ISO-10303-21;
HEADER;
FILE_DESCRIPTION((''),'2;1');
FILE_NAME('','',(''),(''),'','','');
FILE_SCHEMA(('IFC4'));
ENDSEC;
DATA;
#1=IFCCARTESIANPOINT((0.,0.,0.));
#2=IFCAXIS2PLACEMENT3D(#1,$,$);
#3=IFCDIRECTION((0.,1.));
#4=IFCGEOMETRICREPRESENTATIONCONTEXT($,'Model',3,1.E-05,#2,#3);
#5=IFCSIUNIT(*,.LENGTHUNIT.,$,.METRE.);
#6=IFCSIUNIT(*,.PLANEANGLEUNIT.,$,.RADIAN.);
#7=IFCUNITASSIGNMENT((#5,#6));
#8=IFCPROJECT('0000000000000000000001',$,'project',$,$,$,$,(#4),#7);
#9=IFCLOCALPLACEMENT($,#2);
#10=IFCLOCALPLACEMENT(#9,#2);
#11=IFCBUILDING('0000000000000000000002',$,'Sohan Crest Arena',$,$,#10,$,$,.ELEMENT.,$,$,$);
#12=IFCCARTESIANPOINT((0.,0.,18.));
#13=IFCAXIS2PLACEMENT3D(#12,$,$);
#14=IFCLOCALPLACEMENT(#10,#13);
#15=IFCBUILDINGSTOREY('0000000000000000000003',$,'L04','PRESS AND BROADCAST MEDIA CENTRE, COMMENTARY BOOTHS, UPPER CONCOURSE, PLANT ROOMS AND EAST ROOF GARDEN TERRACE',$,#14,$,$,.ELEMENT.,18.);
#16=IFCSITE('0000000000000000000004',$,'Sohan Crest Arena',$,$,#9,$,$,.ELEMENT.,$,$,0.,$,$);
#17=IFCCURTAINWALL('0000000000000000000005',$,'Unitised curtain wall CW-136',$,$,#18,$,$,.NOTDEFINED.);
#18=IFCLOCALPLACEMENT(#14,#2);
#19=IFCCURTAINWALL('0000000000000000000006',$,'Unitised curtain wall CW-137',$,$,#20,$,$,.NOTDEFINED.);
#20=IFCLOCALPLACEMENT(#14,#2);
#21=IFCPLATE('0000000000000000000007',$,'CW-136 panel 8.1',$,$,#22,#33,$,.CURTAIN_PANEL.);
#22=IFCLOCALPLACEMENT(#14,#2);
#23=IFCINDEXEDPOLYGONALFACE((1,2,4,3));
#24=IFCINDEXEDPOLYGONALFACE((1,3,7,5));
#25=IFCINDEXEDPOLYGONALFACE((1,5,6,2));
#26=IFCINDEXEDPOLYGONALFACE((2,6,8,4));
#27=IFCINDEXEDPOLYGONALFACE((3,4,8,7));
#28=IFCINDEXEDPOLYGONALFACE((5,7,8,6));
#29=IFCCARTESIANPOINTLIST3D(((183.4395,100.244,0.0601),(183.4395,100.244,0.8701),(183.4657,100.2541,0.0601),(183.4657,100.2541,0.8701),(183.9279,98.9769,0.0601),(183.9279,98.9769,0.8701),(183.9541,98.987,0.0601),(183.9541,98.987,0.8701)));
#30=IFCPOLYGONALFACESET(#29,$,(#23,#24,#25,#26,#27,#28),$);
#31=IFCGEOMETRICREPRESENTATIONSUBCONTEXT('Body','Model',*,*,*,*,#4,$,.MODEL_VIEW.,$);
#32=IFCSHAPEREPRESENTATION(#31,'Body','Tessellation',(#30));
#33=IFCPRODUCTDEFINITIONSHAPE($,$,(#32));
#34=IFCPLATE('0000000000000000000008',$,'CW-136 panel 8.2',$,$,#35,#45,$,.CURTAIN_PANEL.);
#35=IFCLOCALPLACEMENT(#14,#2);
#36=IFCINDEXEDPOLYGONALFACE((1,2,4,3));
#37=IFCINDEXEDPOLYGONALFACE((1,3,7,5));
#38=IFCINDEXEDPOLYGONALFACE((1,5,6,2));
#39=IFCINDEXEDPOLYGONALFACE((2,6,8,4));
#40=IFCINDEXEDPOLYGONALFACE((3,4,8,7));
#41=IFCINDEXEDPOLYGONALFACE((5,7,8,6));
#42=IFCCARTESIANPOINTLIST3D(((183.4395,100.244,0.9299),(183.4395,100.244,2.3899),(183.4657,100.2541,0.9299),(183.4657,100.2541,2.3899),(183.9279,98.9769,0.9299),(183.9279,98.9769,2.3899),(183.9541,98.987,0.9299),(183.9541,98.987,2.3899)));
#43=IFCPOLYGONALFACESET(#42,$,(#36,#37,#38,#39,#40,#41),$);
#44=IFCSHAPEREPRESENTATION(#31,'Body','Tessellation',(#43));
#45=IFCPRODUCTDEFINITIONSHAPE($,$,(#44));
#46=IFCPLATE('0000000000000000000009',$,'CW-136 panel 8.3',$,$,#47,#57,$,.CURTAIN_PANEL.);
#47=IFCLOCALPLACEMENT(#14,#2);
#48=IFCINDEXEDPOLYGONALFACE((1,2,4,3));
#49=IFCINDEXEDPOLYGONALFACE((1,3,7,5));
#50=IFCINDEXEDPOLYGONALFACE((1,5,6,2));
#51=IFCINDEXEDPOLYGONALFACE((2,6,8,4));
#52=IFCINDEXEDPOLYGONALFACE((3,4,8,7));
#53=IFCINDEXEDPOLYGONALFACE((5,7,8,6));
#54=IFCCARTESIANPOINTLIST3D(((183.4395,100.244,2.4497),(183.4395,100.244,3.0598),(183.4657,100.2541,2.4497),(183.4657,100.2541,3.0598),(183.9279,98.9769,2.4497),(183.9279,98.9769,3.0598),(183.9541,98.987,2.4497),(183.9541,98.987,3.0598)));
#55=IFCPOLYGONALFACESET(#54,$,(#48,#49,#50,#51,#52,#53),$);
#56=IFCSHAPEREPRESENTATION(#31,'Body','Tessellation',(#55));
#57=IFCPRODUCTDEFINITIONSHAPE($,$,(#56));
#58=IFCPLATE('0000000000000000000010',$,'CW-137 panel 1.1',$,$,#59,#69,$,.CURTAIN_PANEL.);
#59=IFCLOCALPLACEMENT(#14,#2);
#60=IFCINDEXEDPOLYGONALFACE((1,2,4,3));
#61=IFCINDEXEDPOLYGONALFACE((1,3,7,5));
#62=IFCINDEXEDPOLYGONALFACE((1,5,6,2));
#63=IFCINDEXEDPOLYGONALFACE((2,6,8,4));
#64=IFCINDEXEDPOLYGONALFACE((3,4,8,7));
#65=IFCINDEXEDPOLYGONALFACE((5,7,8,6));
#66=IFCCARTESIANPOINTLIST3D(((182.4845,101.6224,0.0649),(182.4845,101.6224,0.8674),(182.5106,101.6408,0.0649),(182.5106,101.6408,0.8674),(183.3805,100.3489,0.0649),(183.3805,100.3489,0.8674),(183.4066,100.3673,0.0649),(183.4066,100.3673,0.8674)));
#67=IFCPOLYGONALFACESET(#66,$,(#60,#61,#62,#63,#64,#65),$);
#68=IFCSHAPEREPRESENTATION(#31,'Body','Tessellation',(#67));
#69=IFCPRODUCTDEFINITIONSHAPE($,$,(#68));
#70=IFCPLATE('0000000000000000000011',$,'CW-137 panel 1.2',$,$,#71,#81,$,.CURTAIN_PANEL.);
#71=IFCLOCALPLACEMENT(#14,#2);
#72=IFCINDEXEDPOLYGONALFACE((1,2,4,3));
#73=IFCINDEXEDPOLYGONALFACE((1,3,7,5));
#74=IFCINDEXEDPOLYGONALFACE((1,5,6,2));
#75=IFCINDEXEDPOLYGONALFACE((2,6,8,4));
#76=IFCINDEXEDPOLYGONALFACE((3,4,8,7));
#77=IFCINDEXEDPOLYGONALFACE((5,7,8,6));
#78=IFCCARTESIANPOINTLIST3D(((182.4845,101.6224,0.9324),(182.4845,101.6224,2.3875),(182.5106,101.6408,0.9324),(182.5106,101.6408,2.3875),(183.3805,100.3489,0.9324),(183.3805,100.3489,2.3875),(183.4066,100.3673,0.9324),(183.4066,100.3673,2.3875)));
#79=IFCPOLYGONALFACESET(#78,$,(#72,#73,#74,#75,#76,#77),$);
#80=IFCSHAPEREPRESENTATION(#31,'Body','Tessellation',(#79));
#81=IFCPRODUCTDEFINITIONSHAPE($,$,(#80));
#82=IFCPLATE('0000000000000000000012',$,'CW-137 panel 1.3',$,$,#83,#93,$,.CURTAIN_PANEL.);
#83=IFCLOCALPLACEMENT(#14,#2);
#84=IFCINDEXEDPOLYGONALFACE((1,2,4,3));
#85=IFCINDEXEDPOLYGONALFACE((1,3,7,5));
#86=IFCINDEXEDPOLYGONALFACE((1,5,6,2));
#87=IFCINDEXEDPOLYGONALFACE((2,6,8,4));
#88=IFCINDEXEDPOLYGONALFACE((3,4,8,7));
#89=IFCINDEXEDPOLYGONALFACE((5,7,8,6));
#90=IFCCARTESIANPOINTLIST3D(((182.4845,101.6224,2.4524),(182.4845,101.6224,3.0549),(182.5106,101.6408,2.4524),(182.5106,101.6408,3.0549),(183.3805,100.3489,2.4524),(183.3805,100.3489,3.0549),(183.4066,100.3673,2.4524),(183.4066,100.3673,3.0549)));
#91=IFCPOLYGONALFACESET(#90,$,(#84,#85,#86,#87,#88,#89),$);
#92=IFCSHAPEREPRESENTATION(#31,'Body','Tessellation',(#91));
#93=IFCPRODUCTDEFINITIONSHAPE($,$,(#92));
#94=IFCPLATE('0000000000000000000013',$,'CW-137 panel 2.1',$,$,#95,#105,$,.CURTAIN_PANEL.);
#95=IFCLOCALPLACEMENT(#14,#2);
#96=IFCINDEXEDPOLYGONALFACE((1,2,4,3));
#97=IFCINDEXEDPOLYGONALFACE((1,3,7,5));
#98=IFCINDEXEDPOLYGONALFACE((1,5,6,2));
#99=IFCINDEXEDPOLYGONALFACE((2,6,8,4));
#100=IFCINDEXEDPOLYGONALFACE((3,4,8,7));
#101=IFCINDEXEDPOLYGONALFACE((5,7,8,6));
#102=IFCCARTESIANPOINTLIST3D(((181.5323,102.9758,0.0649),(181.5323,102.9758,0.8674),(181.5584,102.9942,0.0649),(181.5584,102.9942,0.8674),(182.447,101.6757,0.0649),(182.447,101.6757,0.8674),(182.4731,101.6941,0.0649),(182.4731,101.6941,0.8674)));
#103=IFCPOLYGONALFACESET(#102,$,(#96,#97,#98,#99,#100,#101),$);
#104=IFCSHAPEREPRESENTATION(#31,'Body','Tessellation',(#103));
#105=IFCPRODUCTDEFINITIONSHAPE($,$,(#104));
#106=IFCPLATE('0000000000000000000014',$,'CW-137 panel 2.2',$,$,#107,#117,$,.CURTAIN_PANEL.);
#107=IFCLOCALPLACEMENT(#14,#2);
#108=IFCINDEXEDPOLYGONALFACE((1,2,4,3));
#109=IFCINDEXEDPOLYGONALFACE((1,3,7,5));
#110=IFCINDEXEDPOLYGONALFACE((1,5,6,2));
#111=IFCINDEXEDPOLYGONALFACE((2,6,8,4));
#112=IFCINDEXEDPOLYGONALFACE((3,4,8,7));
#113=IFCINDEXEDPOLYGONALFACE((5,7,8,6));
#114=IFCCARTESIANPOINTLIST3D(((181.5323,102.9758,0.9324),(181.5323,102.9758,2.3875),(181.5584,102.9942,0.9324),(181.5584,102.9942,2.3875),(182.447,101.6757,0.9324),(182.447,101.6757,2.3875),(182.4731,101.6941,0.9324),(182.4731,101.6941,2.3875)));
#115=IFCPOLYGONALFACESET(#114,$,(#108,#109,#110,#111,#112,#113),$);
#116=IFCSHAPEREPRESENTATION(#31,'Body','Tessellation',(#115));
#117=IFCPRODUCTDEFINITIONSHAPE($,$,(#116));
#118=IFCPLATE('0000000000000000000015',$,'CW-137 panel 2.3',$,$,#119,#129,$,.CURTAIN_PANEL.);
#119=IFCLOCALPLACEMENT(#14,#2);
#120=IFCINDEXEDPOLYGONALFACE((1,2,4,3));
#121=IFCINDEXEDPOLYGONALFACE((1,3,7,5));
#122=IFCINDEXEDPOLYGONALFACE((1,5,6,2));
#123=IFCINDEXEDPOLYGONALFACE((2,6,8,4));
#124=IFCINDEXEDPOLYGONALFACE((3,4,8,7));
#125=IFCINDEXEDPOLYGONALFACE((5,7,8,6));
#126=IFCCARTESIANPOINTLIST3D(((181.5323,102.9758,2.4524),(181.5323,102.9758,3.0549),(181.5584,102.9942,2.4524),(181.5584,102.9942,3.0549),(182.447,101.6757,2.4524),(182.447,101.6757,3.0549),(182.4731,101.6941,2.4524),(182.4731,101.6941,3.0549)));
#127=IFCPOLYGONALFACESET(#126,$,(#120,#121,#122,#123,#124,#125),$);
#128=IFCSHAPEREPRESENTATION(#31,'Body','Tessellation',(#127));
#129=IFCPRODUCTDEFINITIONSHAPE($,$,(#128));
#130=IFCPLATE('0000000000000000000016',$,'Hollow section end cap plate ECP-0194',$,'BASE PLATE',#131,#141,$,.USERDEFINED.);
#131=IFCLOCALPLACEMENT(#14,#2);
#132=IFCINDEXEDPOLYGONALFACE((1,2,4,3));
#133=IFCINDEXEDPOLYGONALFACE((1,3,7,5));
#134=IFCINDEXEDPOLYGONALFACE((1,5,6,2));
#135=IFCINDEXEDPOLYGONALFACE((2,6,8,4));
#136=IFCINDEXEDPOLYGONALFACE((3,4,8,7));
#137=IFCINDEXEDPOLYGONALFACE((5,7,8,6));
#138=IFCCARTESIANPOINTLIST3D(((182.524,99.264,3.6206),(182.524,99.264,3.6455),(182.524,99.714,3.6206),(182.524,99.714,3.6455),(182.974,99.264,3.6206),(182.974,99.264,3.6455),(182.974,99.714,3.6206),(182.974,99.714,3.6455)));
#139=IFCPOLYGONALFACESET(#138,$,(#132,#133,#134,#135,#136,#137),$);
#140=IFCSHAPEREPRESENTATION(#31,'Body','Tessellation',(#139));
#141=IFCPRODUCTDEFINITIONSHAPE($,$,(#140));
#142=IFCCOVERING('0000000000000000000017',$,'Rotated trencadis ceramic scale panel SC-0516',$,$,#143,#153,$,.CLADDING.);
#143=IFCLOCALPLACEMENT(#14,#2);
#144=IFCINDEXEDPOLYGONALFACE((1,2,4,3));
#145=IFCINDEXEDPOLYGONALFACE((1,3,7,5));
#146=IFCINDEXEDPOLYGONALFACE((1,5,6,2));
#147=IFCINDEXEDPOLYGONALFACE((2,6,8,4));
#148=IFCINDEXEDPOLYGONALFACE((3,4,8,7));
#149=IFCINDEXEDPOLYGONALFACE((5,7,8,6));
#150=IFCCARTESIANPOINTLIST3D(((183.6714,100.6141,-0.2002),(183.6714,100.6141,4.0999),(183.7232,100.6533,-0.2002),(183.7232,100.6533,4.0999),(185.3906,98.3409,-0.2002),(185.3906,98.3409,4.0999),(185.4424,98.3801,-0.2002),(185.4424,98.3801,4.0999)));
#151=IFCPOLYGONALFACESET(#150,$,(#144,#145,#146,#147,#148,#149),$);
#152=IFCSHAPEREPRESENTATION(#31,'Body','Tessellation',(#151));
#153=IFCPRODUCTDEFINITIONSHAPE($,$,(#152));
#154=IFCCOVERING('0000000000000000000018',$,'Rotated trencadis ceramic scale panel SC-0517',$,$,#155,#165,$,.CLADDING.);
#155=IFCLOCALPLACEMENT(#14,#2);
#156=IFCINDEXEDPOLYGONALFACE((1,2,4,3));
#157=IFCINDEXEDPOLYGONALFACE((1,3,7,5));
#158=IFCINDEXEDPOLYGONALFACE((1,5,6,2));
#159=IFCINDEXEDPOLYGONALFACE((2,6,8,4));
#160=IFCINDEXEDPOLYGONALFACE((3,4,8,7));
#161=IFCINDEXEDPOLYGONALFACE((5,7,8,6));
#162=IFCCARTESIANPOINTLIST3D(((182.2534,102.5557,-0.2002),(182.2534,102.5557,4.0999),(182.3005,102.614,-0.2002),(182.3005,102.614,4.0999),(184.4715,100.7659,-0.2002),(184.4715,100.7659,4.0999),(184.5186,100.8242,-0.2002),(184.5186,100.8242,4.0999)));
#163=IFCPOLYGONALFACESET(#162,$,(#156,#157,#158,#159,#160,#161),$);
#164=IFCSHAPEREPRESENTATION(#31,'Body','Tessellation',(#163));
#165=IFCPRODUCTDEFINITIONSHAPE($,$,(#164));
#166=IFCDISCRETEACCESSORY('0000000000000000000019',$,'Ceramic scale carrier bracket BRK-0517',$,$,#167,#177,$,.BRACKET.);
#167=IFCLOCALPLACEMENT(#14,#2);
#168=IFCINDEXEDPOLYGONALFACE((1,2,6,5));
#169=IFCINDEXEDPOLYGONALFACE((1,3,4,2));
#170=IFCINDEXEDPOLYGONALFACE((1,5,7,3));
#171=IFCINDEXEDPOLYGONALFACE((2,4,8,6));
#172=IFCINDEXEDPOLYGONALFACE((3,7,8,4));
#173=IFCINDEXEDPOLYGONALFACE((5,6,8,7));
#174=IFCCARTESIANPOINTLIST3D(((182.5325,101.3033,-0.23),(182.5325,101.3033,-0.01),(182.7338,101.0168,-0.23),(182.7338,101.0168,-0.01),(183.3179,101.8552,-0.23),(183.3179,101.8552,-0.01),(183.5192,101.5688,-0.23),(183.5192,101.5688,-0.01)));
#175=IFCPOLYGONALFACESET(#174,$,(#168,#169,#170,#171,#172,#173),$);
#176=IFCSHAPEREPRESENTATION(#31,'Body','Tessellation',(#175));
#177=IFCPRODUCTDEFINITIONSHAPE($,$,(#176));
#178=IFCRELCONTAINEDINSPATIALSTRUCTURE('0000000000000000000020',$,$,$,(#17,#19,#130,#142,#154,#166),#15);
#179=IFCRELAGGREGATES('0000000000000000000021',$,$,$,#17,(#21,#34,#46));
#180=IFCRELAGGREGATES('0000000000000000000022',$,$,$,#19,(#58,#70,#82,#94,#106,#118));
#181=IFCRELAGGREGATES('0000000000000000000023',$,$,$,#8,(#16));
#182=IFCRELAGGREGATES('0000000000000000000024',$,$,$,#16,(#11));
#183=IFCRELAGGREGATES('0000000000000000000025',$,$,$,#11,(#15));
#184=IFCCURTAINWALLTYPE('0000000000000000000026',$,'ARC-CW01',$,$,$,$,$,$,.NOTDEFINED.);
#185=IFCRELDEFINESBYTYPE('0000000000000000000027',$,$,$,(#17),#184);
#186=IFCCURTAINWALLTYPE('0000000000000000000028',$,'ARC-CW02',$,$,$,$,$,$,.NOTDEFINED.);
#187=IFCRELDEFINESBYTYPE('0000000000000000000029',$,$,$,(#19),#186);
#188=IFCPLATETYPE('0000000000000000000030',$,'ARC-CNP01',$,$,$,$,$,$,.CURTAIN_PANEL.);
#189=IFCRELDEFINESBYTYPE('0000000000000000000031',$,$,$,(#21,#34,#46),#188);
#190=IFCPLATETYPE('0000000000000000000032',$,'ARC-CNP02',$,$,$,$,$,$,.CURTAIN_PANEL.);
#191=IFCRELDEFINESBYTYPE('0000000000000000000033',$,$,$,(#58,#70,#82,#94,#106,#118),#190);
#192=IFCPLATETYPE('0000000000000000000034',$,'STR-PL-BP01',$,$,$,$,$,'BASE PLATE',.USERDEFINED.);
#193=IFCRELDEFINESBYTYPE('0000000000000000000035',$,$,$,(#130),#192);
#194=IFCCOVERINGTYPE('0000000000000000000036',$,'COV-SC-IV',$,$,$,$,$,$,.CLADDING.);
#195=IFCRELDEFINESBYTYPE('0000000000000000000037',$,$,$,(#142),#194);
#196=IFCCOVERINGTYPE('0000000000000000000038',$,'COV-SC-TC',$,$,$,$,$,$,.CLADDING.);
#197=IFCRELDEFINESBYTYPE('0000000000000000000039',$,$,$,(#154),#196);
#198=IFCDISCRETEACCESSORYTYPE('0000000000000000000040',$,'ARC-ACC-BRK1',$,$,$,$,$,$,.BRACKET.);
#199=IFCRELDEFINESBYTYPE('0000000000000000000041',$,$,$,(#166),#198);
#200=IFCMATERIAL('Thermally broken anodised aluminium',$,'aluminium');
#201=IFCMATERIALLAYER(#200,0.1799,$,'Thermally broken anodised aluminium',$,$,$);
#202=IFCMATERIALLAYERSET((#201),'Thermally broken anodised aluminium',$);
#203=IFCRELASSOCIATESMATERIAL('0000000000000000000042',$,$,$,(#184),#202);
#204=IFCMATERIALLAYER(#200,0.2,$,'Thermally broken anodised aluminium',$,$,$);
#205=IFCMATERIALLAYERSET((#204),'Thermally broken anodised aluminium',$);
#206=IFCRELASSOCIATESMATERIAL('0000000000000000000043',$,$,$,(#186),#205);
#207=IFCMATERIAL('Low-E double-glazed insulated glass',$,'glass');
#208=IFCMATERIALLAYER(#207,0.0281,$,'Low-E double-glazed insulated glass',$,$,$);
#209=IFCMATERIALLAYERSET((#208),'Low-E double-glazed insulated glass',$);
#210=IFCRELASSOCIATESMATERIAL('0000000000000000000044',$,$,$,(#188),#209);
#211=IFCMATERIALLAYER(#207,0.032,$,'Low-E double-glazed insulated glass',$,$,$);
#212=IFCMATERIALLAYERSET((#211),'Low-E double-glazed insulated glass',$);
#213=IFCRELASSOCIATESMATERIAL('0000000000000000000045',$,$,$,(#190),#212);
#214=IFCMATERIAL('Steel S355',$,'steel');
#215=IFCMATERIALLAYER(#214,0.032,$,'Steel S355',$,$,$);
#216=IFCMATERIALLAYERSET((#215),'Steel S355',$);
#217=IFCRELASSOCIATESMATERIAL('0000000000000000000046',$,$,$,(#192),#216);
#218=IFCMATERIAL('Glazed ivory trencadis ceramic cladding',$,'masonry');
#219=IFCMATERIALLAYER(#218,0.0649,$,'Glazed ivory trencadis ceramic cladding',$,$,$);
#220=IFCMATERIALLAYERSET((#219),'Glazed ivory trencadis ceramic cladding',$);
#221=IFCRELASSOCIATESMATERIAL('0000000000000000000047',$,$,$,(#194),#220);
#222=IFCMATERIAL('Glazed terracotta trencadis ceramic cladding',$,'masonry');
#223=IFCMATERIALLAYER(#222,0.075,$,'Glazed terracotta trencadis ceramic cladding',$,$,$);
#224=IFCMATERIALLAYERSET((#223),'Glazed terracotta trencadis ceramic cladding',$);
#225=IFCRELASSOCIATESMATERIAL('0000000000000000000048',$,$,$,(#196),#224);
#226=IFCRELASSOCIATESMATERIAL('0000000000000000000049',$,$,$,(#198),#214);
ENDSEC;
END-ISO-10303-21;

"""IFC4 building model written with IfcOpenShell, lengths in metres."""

from ifc_helpers import new_model, si_unit, direction, frame, origin, origin_2d, place, context, subcontext, project, spatial, rectangle, extrude, material, layer, layer_set, type_object, element, aggregate, save


model = new_model("IFC4")

# Units and contexts
model_context = context("Model", 3, precision=1e-05, world=origin(), true_north=direction((0.0, 1.0)))
body_context = subcontext(model_context, "Body", "Model", "MODEL_VIEW")
ifc_project = project(units=[si_unit("LENGTHUNIT", "METRE"), si_unit("PLANEANGLEUNIT", "RADIAN")], contexts=[model_context])

# Site, building, storey
site_placement = place(None, origin())
site = spatial("IfcSite", under=ifc_project, at=site_placement, Name="Sohan Crest Arena", CompositionType="ELEMENT", RefElevation=0.0)
building_placement = place(site_placement, origin())
building = spatial("IfcBuilding", under=site, at=building_placement, Name="Sohan Crest Arena", CompositionType="ELEMENT")
storey_placement = place(building_placement, frame((0.0, 0.0, 18.0)))
storey = spatial("IfcBuildingStorey", under=building, at=storey_placement, Name="L04", Description="PRESS AND BROADCAST MEDIA CENTRE, COMMENTARY BOOTHS, UPPER CONCOURSE, PLANT ROOMS AND EAST ROOF GARDEN TERRACE", CompositionType="ELEMENT", Elevation=18.0)

# Curtain wall
ifc_material_1 = material(Name="Thermally broken anodised aluminium", Category="aluminium")
ifc_layer_1 = layer(ifc_material_1, 0.1799, Name="Thermally broken anodised aluminium")
ifc_layer_set_1 = layer_set([ifc_layer_1], Name="Thermally broken anodised aluminium")
curtain_wall_type_1 = type_object("IfcCurtainWallType", Name="ARC-CW01", PredefinedType="NOTDEFINED", material=ifc_layer_set_1)
curtain_wall_1_placement = place(storey_placement, origin())
curtain_wall_1 = element("IfcCurtainWall", 1, at=curtain_wall_1_placement, inside=storey, type_object=curtain_wall_type_1, Name="Unitised curtain wall CW-136", PredefinedType="NOTDEFINED")

# Curtain wall
ifc_layer_2 = layer(ifc_material_1, 0.2, Name="Thermally broken anodised aluminium")
ifc_layer_set_2 = layer_set([ifc_layer_2], Name="Thermally broken anodised aluminium")
curtain_wall_type_2 = type_object("IfcCurtainWallType", Name="ARC-CW02", PredefinedType="NOTDEFINED", material=ifc_layer_set_2)
curtain_wall_2_placement = place(storey_placement, origin())
curtain_wall_2 = element("IfcCurtainWall", 2, at=curtain_wall_2_placement, inside=storey, type_object=curtain_wall_type_2, Name="Unitised curtain wall CW-137", PredefinedType="NOTDEFINED")

# Shared definitions
ifc_material_2 = material(Name="Steel S355", Category="steel")

# Plates
ifc_material_3 = material(Name="Low-E double-glazed insulated glass", Category="glass")
ifc_layer_3 = layer(ifc_material_3, 0.0281, Name="Low-E double-glazed insulated glass")
ifc_layer_set_3 = layer_set([ifc_layer_3], Name="Low-E double-glazed insulated glass")
plate_type_1 = type_object("IfcPlateType", Name="ARC-CNP01", PredefinedType="CURTAIN_PANEL", material=ifc_layer_set_3)
plate_1_placement = place(storey_placement, frame((183.6968, 99.6155, 0.0601), z_axis=(0.0, 0.0, 1.0), x_axis=(-0.359633, 0.933094, 0.0)))
plate_1 = element("IfcPlate", 3, at=plate_1_placement, type_object=plate_type_1, Name="CW-136 panel 8.1", PredefinedType="CURTAIN_PANEL", context=body_context, shape_type="SweptSolid", body=[
    extrude(rectangle(XDim=1.3579, YDim=0.0281, at=origin_2d()), origin(), (0.0, 0.0, 1.0), 0.8101),
])
plate_2_placement = place(storey_placement, frame((183.6968, 99.6155, 0.9299), z_axis=(0.0, 0.0, 1.0), x_axis=(-0.359633, 0.933094, 0.0)))
plate_2 = element("IfcPlate", 4, at=plate_2_placement, type_object=plate_type_1, Name="CW-136 panel 8.2", PredefinedType="CURTAIN_PANEL", context=body_context, shape_type="SweptSolid", body=[
    extrude(rectangle(XDim=1.3579, YDim=0.0281, at=origin_2d()), origin(), (0.0, 0.0, 1.0), 1.46),
])
plate_3_placement = place(storey_placement, frame((183.6968, 99.6155, 2.4497), z_axis=(0.0, 0.0, 1.0), x_axis=(-0.359633, 0.933094, 0.0)))
plate_3 = element("IfcPlate", 5, at=plate_3_placement, type_object=plate_type_1, Name="CW-136 panel 8.3", PredefinedType="CURTAIN_PANEL", context=body_context, shape_type="SweptSolid", body=[
    extrude(rectangle(XDim=1.3579, YDim=0.0281, at=origin_2d()), origin(), (0.0, 0.0, 1.0), 0.6101),
])
aggregate(curtain_wall_1, [plate_1, plate_2, plate_3])
ifc_layer_4 = layer(ifc_material_3, 0.032, Name="Low-E double-glazed insulated glass")
ifc_layer_set_4 = layer_set([ifc_layer_4], Name="Low-E double-glazed insulated glass")
plate_type_2 = type_object("IfcPlateType", Name="ARC-CNP02", PredefinedType="CURTAIN_PANEL", material=ifc_layer_set_4)
plate_4_placement = place(storey_placement, frame((182.9456, 100.9949, 0.0649), z_axis=(0.0, 0.0, 1.0), x_axis=(-0.575425, 0.817855, 0.0)))
plate_4 = element("IfcPlate", 6, at=plate_4_placement, type_object=plate_type_2, Name="CW-137 panel 1.1", PredefinedType="CURTAIN_PANEL", context=body_context, shape_type="SweptSolid", body=[
    extrude(rectangle(XDim=1.5571, YDim=0.032, at=origin_2d()), origin(), (0.0, 0.0, 1.0), 0.8025),
])
plate_5_placement = place(storey_placement, frame((182.9456, 100.9949, 0.9324), z_axis=(0.0, 0.0, 1.0), x_axis=(-0.575425, 0.817855, 0.0)))
plate_5 = element("IfcPlate", 7, at=plate_5_placement, type_object=plate_type_2, Name="CW-137 panel 1.2", PredefinedType="CURTAIN_PANEL", context=body_context, shape_type="SweptSolid", body=[
    extrude(rectangle(XDim=1.5571, YDim=0.032, at=origin_2d()), origin(), (0.0, 0.0, 1.0), 1.4551),
])
plate_6_placement = place(storey_placement, frame((182.9456, 100.9949, 2.4524), z_axis=(0.0, 0.0, 1.0), x_axis=(-0.575425, 0.817855, 0.0)))
plate_6 = element("IfcPlate", 8, at=plate_6_placement, type_object=plate_type_2, Name="CW-137 panel 1.3", PredefinedType="CURTAIN_PANEL", context=body_context, shape_type="SweptSolid", body=[
    extrude(rectangle(XDim=1.5571, YDim=0.032, at=origin_2d()), origin(), (0.0, 0.0, 1.0), 0.6025),
])
plate_7_placement = place(storey_placement, frame((182.0027, 102.335, 0.0649), z_axis=(0.0, 0.0, 1.0), x_axis=(-0.575425, 0.817855, 0.0)))
plate_7 = element("IfcPlate", 9, at=plate_7_placement, type_object=plate_type_2, Name="CW-137 panel 2.1", PredefinedType="CURTAIN_PANEL", context=body_context, shape_type="SweptSolid", body=[
    extrude(rectangle(XDim=1.5896, YDim=0.032, at=origin_2d()), origin(), (0.0, 0.0, 1.0), 0.8025),
])
plate_8_placement = place(storey_placement, frame((182.0027, 102.335, 0.9324), z_axis=(0.0, 0.0, 1.0), x_axis=(-0.575425, 0.817855, 0.0)))
plate_8 = element("IfcPlate", 10, at=plate_8_placement, type_object=plate_type_2, Name="CW-137 panel 2.2", PredefinedType="CURTAIN_PANEL", context=body_context, shape_type="SweptSolid", body=[
    extrude(rectangle(XDim=1.5896, YDim=0.032, at=origin_2d()), origin(), (0.0, 0.0, 1.0), 1.4551),
])
plate_9_placement = place(storey_placement, frame((182.0027, 102.335, 2.4524), z_axis=(0.0, 0.0, 1.0), x_axis=(-0.575425, 0.817855, 0.0)))
plate_9 = element("IfcPlate", 11, at=plate_9_placement, type_object=plate_type_2, Name="CW-137 panel 2.3", PredefinedType="CURTAIN_PANEL", context=body_context, shape_type="SweptSolid", body=[
    extrude(rectangle(XDim=1.5896, YDim=0.032, at=origin_2d()), origin(), (0.0, 0.0, 1.0), 0.6025),
])
aggregate(curtain_wall_2, [plate_4, plate_5, plate_6, plate_7, plate_8, plate_9])
ifc_layer_5 = layer(ifc_material_2, 0.032, Name="Steel S355")
ifc_layer_set_5 = layer_set([ifc_layer_5], Name="Steel S355")
plate_type_3 = type_object("IfcPlateType", Name="STR-PL-BP01", ElementType="BASE PLATE", PredefinedType="USERDEFINED", material=ifc_layer_set_5)
plate_10_placement = place(storey_placement, frame((182.749, 99.489, 3.6206), z_axis=(0.0, 0.0, 1.0), x_axis=(1.0, 0.0, 0.0)))
element("IfcPlate", 12, at=plate_10_placement, inside=storey, type_object=plate_type_3, Name="Hollow section end cap plate ECP-0194", ObjectType="BASE PLATE", PredefinedType="USERDEFINED", context=body_context, shape_type="SweptSolid", body=[
    extrude(rectangle(XDim=0.45, YDim=0.45, at=origin_2d()), origin(), (0.0, 0.0, 1.0), 0.0249),
])

# Coverings
ifc_material_4 = material(Name="Glazed ivory trencadis ceramic cladding", Category="masonry")
ifc_layer_6 = layer(ifc_material_4, 0.0649, Name="Glazed ivory trencadis ceramic cladding")
ifc_layer_set_6 = layer_set([ifc_layer_6], Name="Glazed ivory trencadis ceramic cladding")
covering_type_1 = type_object("IfcCoveringType", Name="COV-SC-IV", PredefinedType="CLADDING", material=ifc_layer_set_6)
covering_1_placement = place(storey_placement, frame((184.5569, 99.4971, -0.2002), z_axis=(0.0, 0.0, 1.0), x_axis=(-0.603208, 0.797584, 0.0)))
element("IfcCovering", 13, at=covering_1_placement, inside=storey, type_object=covering_type_1, Name="Rotated trencadis ceramic scale panel SC-0516", PredefinedType="CLADDING", context=body_context, shape_type="SweptSolid", body=[
    extrude(rectangle(XDim=2.8501, YDim=0.0649, at=origin_2d()), origin(), (0.0, 0.0, 1.0), 4.3),
])
ifc_material_5 = material(Name="Glazed terracotta trencadis ceramic cladding", Category="masonry")
ifc_layer_7 = layer(ifc_material_5, 0.075, Name="Glazed terracotta trencadis ceramic cladding")
ifc_layer_set_7 = layer_set([ifc_layer_7], Name="Glazed terracotta trencadis ceramic cladding")
covering_type_2 = type_object("IfcCoveringType", Name="COV-SC-TC", PredefinedType="CLADDING", material=ifc_layer_set_7)
covering_2_placement = place(storey_placement, frame((183.386, 101.6899, -0.2002), z_axis=(0.0, 0.0, 1.0), x_axis=(-0.778243, 0.627963, 0.0)))
element("IfcCovering", 14, at=covering_2_placement, inside=storey, type_object=covering_type_2, Name="Rotated trencadis ceramic scale panel SC-0517", PredefinedType="CLADDING", context=body_context, shape_type="SweptSolid", body=[
    extrude(rectangle(XDim=2.8501, YDim=0.075, at=origin_2d()), origin(), (0.0, 0.0, 1.0), 4.3),
])

# Discrete accessory
discrete_accessory_type = type_object("IfcDiscreteAccessoryType", Name="ARC-ACC-BRK1", PredefinedType="BRACKET", material=ifc_material_2)
discrete_accessory_placement = place(storey_placement, frame((183.0259, 101.436, -0.23), z_axis=(0.0, 0.0, 1.0), x_axis=(-0.575005, 0.81815, 0.0)))
element("IfcDiscreteAccessory", 15, at=discrete_accessory_placement, inside=storey, type_object=discrete_accessory_type, Name="Ceramic scale carrier bracket BRK-0517", PredefinedType="BRACKET", context=body_context, shape_type="SweptSolid", body=[
    extrude(rectangle(XDim=0.3501, YDim=0.96, at=origin_2d()), origin(), (0.0, 0.0, 1.0), 0.22),
])

save(model, "model.ifc")
